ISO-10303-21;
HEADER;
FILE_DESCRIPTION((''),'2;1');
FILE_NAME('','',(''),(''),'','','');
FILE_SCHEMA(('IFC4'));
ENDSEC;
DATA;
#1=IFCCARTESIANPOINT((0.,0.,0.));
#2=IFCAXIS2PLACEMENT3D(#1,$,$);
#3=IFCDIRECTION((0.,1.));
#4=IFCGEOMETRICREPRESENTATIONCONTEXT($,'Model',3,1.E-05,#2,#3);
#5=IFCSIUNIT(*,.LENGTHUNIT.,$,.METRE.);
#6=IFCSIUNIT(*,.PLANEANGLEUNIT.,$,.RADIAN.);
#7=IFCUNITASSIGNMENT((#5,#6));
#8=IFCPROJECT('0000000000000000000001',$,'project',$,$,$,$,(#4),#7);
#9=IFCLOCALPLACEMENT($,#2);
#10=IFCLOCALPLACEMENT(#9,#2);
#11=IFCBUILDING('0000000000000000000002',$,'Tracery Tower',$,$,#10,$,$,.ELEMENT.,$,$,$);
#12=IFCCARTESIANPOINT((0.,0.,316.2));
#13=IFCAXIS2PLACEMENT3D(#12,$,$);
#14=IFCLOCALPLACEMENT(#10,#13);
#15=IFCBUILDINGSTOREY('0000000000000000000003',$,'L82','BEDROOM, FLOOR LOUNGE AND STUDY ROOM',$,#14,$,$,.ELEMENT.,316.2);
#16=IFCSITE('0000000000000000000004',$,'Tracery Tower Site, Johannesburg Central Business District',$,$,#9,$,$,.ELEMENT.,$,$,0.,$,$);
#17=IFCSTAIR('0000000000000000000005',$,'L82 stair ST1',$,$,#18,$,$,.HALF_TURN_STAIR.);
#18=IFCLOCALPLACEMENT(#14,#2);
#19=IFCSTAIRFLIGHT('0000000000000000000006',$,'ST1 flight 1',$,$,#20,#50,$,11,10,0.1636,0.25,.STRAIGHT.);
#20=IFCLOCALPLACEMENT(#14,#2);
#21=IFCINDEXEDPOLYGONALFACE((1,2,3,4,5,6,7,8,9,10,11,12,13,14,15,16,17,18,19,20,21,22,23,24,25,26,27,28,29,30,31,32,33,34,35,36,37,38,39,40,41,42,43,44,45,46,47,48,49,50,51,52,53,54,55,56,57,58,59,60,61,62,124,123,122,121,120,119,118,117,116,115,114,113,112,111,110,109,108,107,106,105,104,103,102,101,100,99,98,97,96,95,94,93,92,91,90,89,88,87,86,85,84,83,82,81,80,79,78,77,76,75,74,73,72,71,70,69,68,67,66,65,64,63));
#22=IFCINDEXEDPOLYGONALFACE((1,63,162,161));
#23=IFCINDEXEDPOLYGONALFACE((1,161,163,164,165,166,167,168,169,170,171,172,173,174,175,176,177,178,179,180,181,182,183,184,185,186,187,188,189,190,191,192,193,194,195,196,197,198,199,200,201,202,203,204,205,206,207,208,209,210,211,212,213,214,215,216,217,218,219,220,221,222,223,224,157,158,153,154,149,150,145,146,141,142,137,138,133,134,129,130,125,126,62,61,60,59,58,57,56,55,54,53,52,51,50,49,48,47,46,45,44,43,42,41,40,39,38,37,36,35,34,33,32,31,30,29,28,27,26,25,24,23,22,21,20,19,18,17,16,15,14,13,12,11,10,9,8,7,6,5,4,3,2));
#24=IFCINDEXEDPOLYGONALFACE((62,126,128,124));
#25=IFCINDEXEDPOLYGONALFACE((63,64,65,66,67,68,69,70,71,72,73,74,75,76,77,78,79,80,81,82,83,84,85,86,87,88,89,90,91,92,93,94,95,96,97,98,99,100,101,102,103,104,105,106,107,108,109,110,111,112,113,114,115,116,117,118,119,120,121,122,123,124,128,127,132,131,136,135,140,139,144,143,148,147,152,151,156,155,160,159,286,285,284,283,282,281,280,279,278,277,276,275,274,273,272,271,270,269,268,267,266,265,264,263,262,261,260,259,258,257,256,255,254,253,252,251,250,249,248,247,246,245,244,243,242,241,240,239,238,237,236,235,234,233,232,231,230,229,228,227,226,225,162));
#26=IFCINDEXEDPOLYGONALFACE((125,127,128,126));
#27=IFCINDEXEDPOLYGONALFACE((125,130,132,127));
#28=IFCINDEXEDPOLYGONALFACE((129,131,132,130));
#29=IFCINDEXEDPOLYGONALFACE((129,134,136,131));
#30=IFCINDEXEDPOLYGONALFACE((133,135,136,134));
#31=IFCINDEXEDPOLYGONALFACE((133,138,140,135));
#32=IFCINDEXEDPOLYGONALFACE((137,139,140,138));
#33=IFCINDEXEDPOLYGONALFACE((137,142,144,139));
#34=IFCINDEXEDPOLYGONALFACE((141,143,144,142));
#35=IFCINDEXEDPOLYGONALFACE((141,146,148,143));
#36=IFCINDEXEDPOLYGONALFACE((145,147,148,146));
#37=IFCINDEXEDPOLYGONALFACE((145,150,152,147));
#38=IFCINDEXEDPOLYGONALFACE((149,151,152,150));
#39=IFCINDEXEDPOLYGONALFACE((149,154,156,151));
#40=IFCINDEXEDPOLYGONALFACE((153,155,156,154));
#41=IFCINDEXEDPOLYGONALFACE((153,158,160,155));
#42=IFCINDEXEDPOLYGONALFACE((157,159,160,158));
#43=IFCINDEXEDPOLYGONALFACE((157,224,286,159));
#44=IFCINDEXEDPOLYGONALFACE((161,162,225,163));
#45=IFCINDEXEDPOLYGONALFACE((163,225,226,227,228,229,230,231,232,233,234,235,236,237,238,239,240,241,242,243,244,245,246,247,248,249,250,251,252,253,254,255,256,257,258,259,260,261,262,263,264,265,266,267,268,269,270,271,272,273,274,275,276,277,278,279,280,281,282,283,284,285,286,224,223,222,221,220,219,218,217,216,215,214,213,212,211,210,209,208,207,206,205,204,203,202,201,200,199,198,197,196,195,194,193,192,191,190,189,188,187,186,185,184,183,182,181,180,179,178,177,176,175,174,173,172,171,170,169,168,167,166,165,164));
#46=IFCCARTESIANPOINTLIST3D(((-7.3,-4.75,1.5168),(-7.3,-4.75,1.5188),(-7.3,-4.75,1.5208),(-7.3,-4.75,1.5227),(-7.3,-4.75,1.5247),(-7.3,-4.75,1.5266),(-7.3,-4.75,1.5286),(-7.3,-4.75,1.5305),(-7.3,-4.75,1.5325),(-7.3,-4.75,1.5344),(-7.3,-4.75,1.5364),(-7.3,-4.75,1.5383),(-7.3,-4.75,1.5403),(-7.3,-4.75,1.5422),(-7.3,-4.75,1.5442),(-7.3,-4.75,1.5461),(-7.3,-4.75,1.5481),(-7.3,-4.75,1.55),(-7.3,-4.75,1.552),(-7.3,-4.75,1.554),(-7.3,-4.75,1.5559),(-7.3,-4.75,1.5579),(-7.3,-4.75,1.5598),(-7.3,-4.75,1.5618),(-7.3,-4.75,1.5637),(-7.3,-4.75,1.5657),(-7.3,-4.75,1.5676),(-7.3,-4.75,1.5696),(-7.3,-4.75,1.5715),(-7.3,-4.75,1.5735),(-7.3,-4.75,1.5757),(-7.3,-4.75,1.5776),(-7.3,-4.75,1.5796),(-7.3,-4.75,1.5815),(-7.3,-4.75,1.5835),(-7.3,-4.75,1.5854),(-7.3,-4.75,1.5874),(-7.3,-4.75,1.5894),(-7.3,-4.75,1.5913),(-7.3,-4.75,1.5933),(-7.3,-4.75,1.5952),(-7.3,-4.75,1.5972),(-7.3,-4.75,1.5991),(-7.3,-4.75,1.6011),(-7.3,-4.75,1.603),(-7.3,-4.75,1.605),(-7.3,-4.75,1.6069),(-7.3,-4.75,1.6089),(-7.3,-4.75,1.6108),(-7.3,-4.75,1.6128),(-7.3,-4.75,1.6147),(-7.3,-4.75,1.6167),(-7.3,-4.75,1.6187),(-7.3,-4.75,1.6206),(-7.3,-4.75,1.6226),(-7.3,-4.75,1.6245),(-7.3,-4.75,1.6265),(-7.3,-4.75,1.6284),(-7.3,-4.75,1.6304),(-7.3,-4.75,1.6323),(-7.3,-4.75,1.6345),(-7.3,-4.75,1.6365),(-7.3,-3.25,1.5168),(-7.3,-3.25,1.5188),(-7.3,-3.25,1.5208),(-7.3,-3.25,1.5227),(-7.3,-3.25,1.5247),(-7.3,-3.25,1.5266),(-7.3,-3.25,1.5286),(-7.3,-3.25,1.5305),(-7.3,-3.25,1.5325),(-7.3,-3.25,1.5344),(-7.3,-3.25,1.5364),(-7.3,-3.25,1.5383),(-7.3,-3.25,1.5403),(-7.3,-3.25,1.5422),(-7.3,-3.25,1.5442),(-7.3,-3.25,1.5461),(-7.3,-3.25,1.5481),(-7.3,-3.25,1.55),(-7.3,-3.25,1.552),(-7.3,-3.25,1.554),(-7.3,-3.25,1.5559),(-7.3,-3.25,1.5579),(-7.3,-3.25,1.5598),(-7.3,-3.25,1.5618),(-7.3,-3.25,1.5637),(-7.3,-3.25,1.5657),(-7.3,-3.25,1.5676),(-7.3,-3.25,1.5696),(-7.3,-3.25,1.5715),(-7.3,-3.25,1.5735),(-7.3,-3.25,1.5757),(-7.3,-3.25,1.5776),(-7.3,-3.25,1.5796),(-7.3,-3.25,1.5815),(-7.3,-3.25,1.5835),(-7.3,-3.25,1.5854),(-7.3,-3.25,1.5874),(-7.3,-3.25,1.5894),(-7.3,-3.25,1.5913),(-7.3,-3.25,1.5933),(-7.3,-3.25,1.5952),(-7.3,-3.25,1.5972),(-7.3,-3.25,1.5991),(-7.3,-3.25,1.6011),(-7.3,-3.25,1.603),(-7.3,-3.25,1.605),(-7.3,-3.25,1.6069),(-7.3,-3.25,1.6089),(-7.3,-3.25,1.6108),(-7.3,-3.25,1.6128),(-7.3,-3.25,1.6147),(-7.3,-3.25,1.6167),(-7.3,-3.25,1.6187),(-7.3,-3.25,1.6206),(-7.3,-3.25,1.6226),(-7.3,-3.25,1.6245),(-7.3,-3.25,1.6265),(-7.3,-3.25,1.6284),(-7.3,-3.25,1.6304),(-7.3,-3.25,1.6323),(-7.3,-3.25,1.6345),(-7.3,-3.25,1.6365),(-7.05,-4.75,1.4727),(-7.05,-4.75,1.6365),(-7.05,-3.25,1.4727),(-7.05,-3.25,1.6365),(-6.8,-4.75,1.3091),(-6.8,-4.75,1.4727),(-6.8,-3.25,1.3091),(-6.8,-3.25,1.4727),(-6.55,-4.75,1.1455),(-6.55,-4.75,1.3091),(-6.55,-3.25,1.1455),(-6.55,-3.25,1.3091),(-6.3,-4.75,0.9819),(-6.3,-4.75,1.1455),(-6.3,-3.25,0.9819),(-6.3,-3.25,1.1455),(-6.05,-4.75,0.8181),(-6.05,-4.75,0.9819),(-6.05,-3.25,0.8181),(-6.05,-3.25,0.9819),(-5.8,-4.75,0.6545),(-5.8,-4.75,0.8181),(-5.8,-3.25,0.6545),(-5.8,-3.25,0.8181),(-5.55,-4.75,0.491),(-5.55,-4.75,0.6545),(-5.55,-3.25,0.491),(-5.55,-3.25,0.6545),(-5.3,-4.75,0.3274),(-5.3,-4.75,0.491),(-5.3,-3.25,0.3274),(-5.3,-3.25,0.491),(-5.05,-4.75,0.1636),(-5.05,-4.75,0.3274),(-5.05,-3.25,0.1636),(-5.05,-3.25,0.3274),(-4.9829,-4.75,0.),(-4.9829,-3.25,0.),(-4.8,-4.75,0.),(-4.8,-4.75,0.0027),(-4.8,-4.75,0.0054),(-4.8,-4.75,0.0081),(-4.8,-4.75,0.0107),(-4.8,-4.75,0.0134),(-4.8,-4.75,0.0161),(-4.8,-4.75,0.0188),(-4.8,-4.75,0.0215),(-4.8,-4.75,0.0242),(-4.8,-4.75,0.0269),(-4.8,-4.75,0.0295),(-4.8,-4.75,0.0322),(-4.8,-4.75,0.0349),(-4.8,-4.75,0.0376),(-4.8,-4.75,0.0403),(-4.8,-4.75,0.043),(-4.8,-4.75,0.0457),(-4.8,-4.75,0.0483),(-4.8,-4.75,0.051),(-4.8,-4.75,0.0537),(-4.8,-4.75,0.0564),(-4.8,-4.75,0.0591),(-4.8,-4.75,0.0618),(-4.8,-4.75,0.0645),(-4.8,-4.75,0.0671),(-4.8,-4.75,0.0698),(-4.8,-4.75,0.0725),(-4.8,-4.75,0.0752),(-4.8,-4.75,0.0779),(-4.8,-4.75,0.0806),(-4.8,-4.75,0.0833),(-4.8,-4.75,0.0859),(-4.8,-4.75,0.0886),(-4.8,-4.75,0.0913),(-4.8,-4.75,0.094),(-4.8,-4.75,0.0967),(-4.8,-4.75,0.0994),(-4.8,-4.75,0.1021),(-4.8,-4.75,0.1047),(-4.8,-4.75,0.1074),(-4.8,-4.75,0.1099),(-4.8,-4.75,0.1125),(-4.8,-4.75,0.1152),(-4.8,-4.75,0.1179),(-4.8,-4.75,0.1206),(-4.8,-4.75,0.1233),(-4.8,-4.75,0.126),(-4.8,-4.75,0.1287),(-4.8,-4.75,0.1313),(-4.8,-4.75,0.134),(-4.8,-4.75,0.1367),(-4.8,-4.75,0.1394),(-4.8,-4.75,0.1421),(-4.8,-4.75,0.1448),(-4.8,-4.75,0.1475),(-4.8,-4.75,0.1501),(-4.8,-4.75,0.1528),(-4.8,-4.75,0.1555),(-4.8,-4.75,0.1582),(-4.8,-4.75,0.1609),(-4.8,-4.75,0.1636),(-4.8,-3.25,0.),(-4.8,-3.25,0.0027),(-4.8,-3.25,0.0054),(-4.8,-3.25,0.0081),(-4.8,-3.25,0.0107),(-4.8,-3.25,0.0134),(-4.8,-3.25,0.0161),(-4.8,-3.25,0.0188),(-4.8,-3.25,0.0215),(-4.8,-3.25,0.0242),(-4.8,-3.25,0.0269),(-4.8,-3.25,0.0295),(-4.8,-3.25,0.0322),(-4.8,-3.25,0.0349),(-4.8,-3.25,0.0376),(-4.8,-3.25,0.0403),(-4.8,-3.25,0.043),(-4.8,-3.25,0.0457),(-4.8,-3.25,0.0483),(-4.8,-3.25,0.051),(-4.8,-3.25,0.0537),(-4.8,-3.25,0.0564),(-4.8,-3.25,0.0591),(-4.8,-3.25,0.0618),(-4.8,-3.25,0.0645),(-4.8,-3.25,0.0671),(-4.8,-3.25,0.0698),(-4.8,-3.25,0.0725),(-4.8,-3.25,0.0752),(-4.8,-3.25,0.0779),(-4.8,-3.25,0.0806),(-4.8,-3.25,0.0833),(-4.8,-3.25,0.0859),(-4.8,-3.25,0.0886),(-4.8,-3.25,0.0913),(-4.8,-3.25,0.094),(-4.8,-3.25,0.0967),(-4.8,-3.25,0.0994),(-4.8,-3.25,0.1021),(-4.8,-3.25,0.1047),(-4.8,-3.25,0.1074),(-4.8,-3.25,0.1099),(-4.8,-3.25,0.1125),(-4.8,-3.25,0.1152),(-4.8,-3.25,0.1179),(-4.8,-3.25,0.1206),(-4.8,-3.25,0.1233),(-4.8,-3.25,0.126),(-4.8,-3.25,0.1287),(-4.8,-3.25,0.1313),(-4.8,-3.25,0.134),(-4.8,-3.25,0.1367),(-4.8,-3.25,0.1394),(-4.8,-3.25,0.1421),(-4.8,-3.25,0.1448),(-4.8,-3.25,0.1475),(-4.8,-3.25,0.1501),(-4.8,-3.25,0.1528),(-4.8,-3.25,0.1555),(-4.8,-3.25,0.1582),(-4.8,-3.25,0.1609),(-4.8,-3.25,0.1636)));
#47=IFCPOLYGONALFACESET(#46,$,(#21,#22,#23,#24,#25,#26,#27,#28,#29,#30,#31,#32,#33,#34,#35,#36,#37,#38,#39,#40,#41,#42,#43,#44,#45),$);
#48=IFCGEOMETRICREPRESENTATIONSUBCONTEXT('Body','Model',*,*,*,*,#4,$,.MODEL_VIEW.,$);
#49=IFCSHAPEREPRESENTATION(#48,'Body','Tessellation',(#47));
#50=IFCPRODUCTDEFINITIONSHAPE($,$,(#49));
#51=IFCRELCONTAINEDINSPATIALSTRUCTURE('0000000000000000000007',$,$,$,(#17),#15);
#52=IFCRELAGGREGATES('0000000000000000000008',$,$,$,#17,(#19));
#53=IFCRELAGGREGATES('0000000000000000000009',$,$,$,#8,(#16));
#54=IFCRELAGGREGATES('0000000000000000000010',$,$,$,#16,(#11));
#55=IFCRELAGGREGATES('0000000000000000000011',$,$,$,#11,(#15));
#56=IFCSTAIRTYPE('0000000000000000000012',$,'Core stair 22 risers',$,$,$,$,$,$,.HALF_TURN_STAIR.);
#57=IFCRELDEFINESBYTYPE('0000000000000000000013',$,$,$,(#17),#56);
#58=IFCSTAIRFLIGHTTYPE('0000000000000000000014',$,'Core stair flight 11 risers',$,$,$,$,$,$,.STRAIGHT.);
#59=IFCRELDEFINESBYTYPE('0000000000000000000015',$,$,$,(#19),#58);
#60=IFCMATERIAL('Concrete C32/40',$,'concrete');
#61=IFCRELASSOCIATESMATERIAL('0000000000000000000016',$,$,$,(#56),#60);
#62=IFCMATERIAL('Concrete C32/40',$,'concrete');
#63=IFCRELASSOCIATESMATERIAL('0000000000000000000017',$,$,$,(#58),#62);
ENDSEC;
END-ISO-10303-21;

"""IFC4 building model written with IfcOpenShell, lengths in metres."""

from ifc_helpers import new_model, si_unit, direction, frame, origin, place, context, subcontext, project, spatial, polyline, outline, extrude, material, type_object, element, aggregate, save


model = new_model("IFC4")

# Units and contexts
model_context = context("Model", 3, precision=1e-05, world=origin(), true_north=direction((0.0, 1.0)))
body_context = subcontext(model_context, "Body", "Model", "MODEL_VIEW")
ifc_project = project(units=[si_unit("LENGTHUNIT", "METRE"), si_unit("PLANEANGLEUNIT", "RADIAN")], contexts=[model_context])

# Site, building, storey
site_placement = place(None, origin())
site = spatial("IfcSite", under=ifc_project, at=site_placement, Name="Tracery Tower Site, Johannesburg Central Business District", CompositionType="ELEMENT", RefElevation=0.0)
building_placement = place(site_placement, origin())
building = spatial("IfcBuilding", under=site, at=building_placement, Name="Tracery Tower", CompositionType="ELEMENT")
storey_placement = place(building_placement, frame((0.0, 0.0, 316.2)))
storey = spatial("IfcBuildingStorey", under=building, at=storey_placement, Name="L82", Description="BEDROOM, FLOOR LOUNGE AND STUDY ROOM", CompositionType="ELEMENT", Elevation=316.2)

# Stair, stair flight
ifc_material_1 = material(Name="Concrete C32/40", Category="concrete")
stair_type = type_object("IfcStairType", Name="Core stair 22 risers", PredefinedType="HALF_TURN_STAIR", material=ifc_material_1)
stair_placement = place(storey_placement, origin())
stair = element("IfcStair", 1, at=stair_placement, inside=storey, type_object=stair_type, Name="L82 stair ST1", PredefinedType="HALF_TURN_STAIR")
ifc_material_2 = material(Name="Concrete C32/40", Category="concrete")
stair_flight_type = type_object("IfcStairFlightType", Name="Core stair flight 11 risers", PredefinedType="STRAIGHT", material=ifc_material_2)
stair_flight_1_placement = place(storey_placement, frame((-4.8, -4.0, 0.0), z_axis=(0.0, 0.0, 1.0), x_axis=(-1.0, 0.0, 0.0)))
stair_flight_1 = element("IfcStairFlight", 2, at=stair_flight_1_placement, type_object=stair_flight_type, Name="ST1 flight 1", NumberOfRisers=11, NumberOfTreads=10, PredefinedType="STRAIGHT", RiserHeight=0.1636, TreadLength=0.25, context=body_context, shape_type="SweptSolid", body=[
    extrude(outline(polyline([(0.0, 0.0), (0.0, 0.0027), (0.0, 0.0054), (0.0, 0.0081), (0.0, 0.0107), (0.0, 0.0134), (0.0, 0.0161), (0.0, 0.0188), (0.0, 0.0215), (0.0, 0.0242), (0.0, 0.0269), (0.0, 0.0295), (0.0, 0.0322), (0.0, 0.0349), (0.0, 0.0376), (0.0, 0.0403), (0.0, 0.043), (0.0, 0.0457), (0.0, 0.0483), (0.0, 0.051), (0.0, 0.0537), (0.0, 0.0564), (0.0, 0.0591), (0.0, 0.0618), (0.0, 0.0645), (0.0, 0.0671), (0.0, 0.0698), (0.0, 0.0725), (0.0, 0.0752), (0.0, 0.0779), (0.0, 0.0806), (0.0, 0.0833), (0.0, 0.0859), (0.0, 0.0886), (0.0, 0.0913), (0.0, 0.094), (0.0, 0.0967), (0.0, 0.0994), (0.0, 0.1021), (0.0, 0.1047), (0.0, 0.1074), (0.0, 0.1099), (0.0, 0.1125), (0.0, 0.1152), (0.0, 0.1179), (0.0, 0.1206), (0.0, 0.1233), (0.0, 0.126), (0.0, 0.1287), (0.0, 0.1313), (0.0, 0.134), (0.0, 0.1367), (0.0, 0.1394), (0.0, 0.1421), (0.0, 0.1448), (0.0, 0.1475), (0.0, 0.1501), (0.0, 0.1528), (0.0, 0.1555), (0.0, 0.1582), (0.0, 0.1609), (0.0, 0.1636), (0.25, 0.1636), (0.25, 0.3274), (0.5, 0.3274), (0.5, 0.491), (0.75, 0.491), (0.75, 0.6545), (1.0, 0.6545), (1.0, 0.8181), (1.25, 0.8181), (1.25, 0.9819), (1.5, 0.9819), (1.5, 1.1455), (1.75, 1.1455), (1.75, 1.3091), (2.0, 1.3091), (2.0, 1.4727), (2.25, 1.4727), (2.25, 1.6365), (2.5, 1.6365), (2.5, 1.6345), (2.5, 1.6323), (2.5, 1.6304), (2.5, 1.6284), (2.5, 1.6265), (2.5, 1.6245), (2.5, 1.6226), (2.5, 1.6206), (2.5, 1.6187), (2.5, 1.6167), (2.5, 1.6147), (2.5, 1.6128), (2.5, 1.6108), (2.5, 1.6089), (2.5, 1.6069), (2.5, 1.605), (2.5, 1.603), (2.5, 1.6011), (2.5, 1.5991), (2.5, 1.5972), (2.5, 1.5952), (2.5, 1.5933), (2.5, 1.5913), (2.5, 1.5894), (2.5, 1.5874), (2.5, 1.5854), (2.5, 1.5835), (2.5, 1.5815), (2.5, 1.5796), (2.5, 1.5776), (2.5, 1.5757), (2.5, 1.5735), (2.5, 1.5715), (2.5, 1.5696), (2.5, 1.5676), (2.5, 1.5657), (2.5, 1.5637), (2.5, 1.5618), (2.5, 1.5598), (2.5, 1.5579), (2.5, 1.5559), (2.5, 1.554), (2.5, 1.552), (2.5, 1.55), (2.5, 1.5481), (2.5, 1.5461), (2.5, 1.5442), (2.5, 1.5422), (2.5, 1.5403), (2.5, 1.5383), (2.5, 1.5364), (2.5, 1.5344), (2.5, 1.5325), (2.5, 1.5305), (2.5, 1.5286), (2.5, 1.5266), (2.5, 1.5247), (2.5, 1.5227), (2.5, 1.5208), (2.5, 1.5188), (2.5, 1.5168), (0.1829, 0.0), (0.0, 0.0)])), frame((0.0, 0.75, 0.0), z_axis=(0.0, -1.0, 0.0), x_axis=(1.0, 0.0, 0.0)), (0.0, 0.0, 1.0), 1.5),
])
aggregate(stair, [stair_flight_1])

save(model, "model.ifc")
